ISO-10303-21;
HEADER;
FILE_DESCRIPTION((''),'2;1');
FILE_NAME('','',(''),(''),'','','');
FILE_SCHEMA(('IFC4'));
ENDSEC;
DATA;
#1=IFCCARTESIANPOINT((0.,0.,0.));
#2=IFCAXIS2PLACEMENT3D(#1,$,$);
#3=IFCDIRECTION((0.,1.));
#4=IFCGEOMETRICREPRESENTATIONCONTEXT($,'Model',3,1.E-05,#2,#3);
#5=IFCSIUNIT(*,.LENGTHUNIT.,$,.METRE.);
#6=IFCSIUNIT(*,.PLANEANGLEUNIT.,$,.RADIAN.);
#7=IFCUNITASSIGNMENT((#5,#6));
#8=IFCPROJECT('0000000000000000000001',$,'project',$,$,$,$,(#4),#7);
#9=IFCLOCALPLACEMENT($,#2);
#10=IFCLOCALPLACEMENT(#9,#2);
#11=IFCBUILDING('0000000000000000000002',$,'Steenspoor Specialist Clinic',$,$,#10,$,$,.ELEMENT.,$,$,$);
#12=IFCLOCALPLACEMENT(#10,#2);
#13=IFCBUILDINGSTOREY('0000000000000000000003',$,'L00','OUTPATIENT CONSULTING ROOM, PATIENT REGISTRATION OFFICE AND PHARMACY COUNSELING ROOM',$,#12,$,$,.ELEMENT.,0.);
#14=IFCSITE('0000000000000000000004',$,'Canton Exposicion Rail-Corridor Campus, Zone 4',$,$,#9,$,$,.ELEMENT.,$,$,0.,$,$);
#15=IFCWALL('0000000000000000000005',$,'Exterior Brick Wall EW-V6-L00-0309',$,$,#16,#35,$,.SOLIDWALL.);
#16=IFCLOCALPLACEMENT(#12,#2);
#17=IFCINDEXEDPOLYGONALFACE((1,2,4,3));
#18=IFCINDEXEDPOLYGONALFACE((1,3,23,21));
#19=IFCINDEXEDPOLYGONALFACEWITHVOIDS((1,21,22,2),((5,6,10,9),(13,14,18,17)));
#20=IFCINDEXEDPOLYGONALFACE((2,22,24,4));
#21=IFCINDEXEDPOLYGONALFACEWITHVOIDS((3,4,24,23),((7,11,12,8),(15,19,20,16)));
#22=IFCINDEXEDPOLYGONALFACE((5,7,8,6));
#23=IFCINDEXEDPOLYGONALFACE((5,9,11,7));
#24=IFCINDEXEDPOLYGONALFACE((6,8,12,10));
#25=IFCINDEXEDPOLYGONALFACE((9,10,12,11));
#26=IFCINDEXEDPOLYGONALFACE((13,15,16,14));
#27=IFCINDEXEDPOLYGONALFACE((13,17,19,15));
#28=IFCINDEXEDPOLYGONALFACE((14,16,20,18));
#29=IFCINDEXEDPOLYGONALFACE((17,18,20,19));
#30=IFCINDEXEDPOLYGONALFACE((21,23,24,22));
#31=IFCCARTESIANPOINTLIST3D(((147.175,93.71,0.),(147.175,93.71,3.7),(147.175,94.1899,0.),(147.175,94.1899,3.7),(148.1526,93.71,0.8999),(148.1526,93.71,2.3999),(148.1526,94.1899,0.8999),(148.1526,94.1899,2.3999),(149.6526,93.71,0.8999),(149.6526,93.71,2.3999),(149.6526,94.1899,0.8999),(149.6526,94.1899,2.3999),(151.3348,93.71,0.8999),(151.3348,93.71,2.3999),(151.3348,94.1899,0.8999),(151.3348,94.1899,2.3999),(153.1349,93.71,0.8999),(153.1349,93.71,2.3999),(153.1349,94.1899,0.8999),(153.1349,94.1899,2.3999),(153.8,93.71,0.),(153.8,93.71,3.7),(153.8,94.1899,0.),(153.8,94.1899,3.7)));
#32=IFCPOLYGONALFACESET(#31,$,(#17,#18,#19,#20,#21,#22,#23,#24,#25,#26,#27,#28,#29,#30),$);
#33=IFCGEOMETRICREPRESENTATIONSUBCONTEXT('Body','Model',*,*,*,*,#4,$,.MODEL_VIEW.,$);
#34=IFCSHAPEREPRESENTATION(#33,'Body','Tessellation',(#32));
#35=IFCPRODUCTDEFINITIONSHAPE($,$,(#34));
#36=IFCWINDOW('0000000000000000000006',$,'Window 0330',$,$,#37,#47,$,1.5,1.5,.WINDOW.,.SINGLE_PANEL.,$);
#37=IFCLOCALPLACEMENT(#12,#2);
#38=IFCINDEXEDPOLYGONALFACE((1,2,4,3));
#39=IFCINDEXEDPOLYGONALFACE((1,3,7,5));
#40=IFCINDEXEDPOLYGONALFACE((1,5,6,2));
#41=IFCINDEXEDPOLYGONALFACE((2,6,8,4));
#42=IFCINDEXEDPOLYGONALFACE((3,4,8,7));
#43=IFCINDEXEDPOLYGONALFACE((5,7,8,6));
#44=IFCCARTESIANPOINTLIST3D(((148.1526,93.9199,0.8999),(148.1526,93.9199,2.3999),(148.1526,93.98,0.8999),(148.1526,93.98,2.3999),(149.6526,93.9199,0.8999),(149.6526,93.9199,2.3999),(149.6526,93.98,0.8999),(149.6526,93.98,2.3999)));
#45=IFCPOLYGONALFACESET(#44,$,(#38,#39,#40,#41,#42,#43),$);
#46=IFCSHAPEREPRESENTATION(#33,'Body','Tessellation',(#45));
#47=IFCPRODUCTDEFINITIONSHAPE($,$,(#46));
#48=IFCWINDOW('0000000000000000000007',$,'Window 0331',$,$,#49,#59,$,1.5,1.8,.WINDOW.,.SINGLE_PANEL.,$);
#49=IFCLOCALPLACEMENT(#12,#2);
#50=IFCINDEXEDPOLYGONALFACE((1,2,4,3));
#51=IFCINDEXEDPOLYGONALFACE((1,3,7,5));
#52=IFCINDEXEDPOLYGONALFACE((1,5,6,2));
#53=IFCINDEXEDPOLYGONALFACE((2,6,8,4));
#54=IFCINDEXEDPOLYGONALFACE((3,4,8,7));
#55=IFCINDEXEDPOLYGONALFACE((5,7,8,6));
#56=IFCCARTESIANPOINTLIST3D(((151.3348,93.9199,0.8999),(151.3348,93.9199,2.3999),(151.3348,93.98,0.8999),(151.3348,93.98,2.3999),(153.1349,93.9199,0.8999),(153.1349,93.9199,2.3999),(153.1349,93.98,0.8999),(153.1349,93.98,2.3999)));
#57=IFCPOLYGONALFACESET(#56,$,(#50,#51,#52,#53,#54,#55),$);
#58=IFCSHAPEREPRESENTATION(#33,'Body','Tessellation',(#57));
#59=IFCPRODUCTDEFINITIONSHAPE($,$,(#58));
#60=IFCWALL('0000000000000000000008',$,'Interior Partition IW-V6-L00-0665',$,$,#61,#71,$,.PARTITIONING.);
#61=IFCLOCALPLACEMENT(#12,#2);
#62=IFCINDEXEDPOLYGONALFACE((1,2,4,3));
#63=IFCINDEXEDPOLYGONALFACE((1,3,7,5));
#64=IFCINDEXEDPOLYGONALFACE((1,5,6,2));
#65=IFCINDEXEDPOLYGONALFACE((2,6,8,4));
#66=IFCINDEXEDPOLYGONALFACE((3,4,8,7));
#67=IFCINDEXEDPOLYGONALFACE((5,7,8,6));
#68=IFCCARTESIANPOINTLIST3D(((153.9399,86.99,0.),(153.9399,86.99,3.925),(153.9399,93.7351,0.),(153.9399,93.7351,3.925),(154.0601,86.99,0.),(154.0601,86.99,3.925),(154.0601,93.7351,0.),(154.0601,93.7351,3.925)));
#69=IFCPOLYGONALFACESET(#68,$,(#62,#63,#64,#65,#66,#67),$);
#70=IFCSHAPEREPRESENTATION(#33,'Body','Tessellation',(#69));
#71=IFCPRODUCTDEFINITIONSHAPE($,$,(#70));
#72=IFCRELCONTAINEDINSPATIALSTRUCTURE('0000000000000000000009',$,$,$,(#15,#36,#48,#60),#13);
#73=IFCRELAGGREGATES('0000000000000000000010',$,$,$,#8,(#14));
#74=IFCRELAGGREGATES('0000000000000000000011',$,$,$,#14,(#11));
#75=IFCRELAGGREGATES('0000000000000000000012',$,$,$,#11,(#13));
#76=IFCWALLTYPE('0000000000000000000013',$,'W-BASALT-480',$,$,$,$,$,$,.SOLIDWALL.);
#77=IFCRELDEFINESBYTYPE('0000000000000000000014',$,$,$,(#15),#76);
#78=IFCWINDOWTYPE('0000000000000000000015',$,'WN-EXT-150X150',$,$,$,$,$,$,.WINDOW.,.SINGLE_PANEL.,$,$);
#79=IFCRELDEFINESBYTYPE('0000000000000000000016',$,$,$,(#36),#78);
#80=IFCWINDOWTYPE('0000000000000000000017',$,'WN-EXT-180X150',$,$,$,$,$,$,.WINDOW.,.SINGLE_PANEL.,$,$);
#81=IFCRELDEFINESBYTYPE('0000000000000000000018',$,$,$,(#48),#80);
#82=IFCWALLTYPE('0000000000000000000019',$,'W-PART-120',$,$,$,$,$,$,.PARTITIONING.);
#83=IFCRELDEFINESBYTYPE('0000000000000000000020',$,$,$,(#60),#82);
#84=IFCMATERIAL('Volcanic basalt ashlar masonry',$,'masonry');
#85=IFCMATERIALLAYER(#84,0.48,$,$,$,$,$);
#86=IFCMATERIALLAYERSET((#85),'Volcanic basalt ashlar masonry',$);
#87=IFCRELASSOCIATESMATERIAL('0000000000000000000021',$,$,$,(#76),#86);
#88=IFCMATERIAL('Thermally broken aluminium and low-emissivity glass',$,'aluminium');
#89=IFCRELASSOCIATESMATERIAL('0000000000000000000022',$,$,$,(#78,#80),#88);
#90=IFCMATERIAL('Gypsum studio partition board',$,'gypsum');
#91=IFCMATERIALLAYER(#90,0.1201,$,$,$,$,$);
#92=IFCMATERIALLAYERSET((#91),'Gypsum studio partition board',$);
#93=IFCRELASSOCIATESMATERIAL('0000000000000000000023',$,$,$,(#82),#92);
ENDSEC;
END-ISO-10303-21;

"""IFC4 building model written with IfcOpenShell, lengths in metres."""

from ifc_helpers import new_model, si_unit, direction, frame, frame_2d, origin, place, context, subcontext, project, spatial, rectangle, extrude, material, layer, layer_set, type_object, element, fill, save


model = new_model("IFC4")

# Units and contexts
model_context = context("Model", 3, precision=1e-05, world=origin(), true_north=direction((0.0, 1.0)))
body_context = subcontext(model_context, "Body", "Model", "MODEL_VIEW")
ifc_project = project(units=[si_unit("LENGTHUNIT", "METRE"), si_unit("PLANEANGLEUNIT", "RADIAN")], contexts=[model_context])

# Site, building, storey
site_placement = place(None, origin())
site = spatial("IfcSite", under=ifc_project, at=site_placement, Name="Canton Exposicion Rail-Corridor Campus, Zone 4", CompositionType="ELEMENT", RefElevation=0.0)
building_placement = place(site_placement, origin())
building = spatial("IfcBuilding", under=site, at=building_placement, Name="Steenspoor Specialist Clinic", CompositionType="ELEMENT")
storey_placement = place(building_placement, origin())
storey = spatial("IfcBuildingStorey", under=building, at=storey_placement, Name="L00", Description="OUTPATIENT CONSULTING ROOM, PATIENT REGISTRATION OFFICE AND PHARMACY COUNSELING ROOM", CompositionType="ELEMENT", Elevation=0.0)

# Wall, openings, windows
ifc_material_1 = material(Name="Volcanic basalt ashlar masonry", Category="masonry")
ifc_layer_1 = layer(ifc_material_1, 0.48)
ifc_layer_set_1 = layer_set([ifc_layer_1], Name="Volcanic basalt ashlar masonry")
wall_type_1 = type_object("IfcWallType", Name="W-BASALT-480", PredefinedType="SOLIDWALL", material=ifc_layer_set_1)
wall_1_placement = place(storey_placement, frame((147.175, 93.95, 0.0), z_axis=(0.0, 0.0, 1.0), x_axis=(1.0, 0.0, 0.0)))
wall_1 = element("IfcWall", 1, at=wall_1_placement, inside=storey, type_object=wall_type_1, Name="Exterior Brick Wall EW-V6-L00-0309", PredefinedType="SOLIDWALL", context=body_context, shape_type="SweptSolid", body=[
    extrude(rectangle(XDim=6.625, YDim=0.48, at=frame_2d((3.3125, 0.0))), origin(), (0.0, 0.0, 1.0), 3.7),
])
opening_1_placement = place(wall_1_placement, frame((0.9775, 0.0, 0.8999)))
opening_1 = element("IfcOpeningElement", 2, at=opening_1_placement, cuts=wall_1, PredefinedType="OPENING", context=body_context, shape_type="SweptSolid", body=[
    extrude(rectangle(XDim=1.5, YDim=1.5, at=frame_2d((0.75, 0.75))), frame((0.0, 0.25, 0.0), z_axis=(0.0, -1.0, 0.0), x_axis=(1.0, 0.0, 0.0)), (0.0, 0.0, 1.0), 0.5),
])
opening_2_placement = place(wall_1_placement, frame((4.1599, 0.0, 0.8999)))
opening_2 = element("IfcOpeningElement", 3, at=opening_2_placement, cuts=wall_1, PredefinedType="OPENING", context=body_context, shape_type="SweptSolid", body=[
    extrude(rectangle(XDim=1.8, YDim=1.5, at=frame_2d((0.8999, 0.75))), frame((0.0, 0.25, 0.0), z_axis=(0.0, -1.0, 0.0), x_axis=(1.0, 0.0, 0.0)), (0.0, 0.0, 1.0), 0.5),
])
ifc_material_2 = material(Name="Thermally broken aluminium and low-emissivity glass", Category="aluminium")
window_type_1 = type_object("IfcWindowType", Name="WN-EXT-150X150", PartitioningType="SINGLE_PANEL", PredefinedType="WINDOW", material=ifc_material_2)
window_1_placement = place(opening_1_placement, origin())
window_1 = element("IfcWindow", 4, at=window_1_placement, inside=storey, type_object=window_type_1, Name="Window 0330", OverallHeight=1.5, OverallWidth=1.5, PartitioningType="SINGLE_PANEL", PredefinedType="WINDOW", context=body_context, shape_type="SweptSolid", body=[
    extrude(rectangle(XDim=1.5, YDim=1.5, at=frame_2d((0.75, 0.75))), frame((0.0, 0.03, 0.0), z_axis=(0.0, -1.0, 0.0), x_axis=(1.0, 0.0, 0.0)), (0.0, 0.0, 1.0), 0.0601),
])
fill(opening_1, window_1)
window_type_2 = type_object("IfcWindowType", Name="WN-EXT-180X150", PartitioningType="SINGLE_PANEL", PredefinedType="WINDOW", material=ifc_material_2)
window_2_placement = place(opening_2_placement, origin())
window_2 = element("IfcWindow", 5, at=window_2_placement, inside=storey, type_object=window_type_2, Name="Window 0331", OverallHeight=1.5, OverallWidth=1.8, PartitioningType="SINGLE_PANEL", PredefinedType="WINDOW", context=body_context, shape_type="SweptSolid", body=[
    extrude(rectangle(XDim=1.8, YDim=1.5, at=frame_2d((0.8999, 0.75))), frame((0.0, 0.03, 0.0), z_axis=(0.0, -1.0, 0.0), x_axis=(1.0, 0.0, 0.0)), (0.0, 0.0, 1.0), 0.0601),
])
fill(opening_2, window_2)

# Wall
ifc_material_3 = material(Name="Gypsum studio partition board", Category="gypsum")
ifc_layer_2 = layer(ifc_material_3, 0.1201)
ifc_layer_set_2 = layer_set([ifc_layer_2], Name="Gypsum studio partition board")
wall_type_2 = type_object("IfcWallType", Name="W-PART-120", PredefinedType="PARTITIONING", material=ifc_layer_set_2)
wall_2_placement = place(storey_placement, frame((154.0, 86.99, 0.0), z_axis=(0.0, 0.0, 1.0), x_axis=(0.0, 1.0, 0.0)))
element("IfcWall", 6, at=wall_2_placement, inside=storey, type_object=wall_type_2, Name="Interior Partition IW-V6-L00-0665", PredefinedType="PARTITIONING", context=body_context, shape_type="SweptSolid", body=[
    extrude(rectangle(XDim=6.7451, YDim=0.1201, at=frame_2d((3.3726, 0.0))), origin(), (0.0, 0.0, 1.0), 3.925),
])

save(model, "model.ifc")
